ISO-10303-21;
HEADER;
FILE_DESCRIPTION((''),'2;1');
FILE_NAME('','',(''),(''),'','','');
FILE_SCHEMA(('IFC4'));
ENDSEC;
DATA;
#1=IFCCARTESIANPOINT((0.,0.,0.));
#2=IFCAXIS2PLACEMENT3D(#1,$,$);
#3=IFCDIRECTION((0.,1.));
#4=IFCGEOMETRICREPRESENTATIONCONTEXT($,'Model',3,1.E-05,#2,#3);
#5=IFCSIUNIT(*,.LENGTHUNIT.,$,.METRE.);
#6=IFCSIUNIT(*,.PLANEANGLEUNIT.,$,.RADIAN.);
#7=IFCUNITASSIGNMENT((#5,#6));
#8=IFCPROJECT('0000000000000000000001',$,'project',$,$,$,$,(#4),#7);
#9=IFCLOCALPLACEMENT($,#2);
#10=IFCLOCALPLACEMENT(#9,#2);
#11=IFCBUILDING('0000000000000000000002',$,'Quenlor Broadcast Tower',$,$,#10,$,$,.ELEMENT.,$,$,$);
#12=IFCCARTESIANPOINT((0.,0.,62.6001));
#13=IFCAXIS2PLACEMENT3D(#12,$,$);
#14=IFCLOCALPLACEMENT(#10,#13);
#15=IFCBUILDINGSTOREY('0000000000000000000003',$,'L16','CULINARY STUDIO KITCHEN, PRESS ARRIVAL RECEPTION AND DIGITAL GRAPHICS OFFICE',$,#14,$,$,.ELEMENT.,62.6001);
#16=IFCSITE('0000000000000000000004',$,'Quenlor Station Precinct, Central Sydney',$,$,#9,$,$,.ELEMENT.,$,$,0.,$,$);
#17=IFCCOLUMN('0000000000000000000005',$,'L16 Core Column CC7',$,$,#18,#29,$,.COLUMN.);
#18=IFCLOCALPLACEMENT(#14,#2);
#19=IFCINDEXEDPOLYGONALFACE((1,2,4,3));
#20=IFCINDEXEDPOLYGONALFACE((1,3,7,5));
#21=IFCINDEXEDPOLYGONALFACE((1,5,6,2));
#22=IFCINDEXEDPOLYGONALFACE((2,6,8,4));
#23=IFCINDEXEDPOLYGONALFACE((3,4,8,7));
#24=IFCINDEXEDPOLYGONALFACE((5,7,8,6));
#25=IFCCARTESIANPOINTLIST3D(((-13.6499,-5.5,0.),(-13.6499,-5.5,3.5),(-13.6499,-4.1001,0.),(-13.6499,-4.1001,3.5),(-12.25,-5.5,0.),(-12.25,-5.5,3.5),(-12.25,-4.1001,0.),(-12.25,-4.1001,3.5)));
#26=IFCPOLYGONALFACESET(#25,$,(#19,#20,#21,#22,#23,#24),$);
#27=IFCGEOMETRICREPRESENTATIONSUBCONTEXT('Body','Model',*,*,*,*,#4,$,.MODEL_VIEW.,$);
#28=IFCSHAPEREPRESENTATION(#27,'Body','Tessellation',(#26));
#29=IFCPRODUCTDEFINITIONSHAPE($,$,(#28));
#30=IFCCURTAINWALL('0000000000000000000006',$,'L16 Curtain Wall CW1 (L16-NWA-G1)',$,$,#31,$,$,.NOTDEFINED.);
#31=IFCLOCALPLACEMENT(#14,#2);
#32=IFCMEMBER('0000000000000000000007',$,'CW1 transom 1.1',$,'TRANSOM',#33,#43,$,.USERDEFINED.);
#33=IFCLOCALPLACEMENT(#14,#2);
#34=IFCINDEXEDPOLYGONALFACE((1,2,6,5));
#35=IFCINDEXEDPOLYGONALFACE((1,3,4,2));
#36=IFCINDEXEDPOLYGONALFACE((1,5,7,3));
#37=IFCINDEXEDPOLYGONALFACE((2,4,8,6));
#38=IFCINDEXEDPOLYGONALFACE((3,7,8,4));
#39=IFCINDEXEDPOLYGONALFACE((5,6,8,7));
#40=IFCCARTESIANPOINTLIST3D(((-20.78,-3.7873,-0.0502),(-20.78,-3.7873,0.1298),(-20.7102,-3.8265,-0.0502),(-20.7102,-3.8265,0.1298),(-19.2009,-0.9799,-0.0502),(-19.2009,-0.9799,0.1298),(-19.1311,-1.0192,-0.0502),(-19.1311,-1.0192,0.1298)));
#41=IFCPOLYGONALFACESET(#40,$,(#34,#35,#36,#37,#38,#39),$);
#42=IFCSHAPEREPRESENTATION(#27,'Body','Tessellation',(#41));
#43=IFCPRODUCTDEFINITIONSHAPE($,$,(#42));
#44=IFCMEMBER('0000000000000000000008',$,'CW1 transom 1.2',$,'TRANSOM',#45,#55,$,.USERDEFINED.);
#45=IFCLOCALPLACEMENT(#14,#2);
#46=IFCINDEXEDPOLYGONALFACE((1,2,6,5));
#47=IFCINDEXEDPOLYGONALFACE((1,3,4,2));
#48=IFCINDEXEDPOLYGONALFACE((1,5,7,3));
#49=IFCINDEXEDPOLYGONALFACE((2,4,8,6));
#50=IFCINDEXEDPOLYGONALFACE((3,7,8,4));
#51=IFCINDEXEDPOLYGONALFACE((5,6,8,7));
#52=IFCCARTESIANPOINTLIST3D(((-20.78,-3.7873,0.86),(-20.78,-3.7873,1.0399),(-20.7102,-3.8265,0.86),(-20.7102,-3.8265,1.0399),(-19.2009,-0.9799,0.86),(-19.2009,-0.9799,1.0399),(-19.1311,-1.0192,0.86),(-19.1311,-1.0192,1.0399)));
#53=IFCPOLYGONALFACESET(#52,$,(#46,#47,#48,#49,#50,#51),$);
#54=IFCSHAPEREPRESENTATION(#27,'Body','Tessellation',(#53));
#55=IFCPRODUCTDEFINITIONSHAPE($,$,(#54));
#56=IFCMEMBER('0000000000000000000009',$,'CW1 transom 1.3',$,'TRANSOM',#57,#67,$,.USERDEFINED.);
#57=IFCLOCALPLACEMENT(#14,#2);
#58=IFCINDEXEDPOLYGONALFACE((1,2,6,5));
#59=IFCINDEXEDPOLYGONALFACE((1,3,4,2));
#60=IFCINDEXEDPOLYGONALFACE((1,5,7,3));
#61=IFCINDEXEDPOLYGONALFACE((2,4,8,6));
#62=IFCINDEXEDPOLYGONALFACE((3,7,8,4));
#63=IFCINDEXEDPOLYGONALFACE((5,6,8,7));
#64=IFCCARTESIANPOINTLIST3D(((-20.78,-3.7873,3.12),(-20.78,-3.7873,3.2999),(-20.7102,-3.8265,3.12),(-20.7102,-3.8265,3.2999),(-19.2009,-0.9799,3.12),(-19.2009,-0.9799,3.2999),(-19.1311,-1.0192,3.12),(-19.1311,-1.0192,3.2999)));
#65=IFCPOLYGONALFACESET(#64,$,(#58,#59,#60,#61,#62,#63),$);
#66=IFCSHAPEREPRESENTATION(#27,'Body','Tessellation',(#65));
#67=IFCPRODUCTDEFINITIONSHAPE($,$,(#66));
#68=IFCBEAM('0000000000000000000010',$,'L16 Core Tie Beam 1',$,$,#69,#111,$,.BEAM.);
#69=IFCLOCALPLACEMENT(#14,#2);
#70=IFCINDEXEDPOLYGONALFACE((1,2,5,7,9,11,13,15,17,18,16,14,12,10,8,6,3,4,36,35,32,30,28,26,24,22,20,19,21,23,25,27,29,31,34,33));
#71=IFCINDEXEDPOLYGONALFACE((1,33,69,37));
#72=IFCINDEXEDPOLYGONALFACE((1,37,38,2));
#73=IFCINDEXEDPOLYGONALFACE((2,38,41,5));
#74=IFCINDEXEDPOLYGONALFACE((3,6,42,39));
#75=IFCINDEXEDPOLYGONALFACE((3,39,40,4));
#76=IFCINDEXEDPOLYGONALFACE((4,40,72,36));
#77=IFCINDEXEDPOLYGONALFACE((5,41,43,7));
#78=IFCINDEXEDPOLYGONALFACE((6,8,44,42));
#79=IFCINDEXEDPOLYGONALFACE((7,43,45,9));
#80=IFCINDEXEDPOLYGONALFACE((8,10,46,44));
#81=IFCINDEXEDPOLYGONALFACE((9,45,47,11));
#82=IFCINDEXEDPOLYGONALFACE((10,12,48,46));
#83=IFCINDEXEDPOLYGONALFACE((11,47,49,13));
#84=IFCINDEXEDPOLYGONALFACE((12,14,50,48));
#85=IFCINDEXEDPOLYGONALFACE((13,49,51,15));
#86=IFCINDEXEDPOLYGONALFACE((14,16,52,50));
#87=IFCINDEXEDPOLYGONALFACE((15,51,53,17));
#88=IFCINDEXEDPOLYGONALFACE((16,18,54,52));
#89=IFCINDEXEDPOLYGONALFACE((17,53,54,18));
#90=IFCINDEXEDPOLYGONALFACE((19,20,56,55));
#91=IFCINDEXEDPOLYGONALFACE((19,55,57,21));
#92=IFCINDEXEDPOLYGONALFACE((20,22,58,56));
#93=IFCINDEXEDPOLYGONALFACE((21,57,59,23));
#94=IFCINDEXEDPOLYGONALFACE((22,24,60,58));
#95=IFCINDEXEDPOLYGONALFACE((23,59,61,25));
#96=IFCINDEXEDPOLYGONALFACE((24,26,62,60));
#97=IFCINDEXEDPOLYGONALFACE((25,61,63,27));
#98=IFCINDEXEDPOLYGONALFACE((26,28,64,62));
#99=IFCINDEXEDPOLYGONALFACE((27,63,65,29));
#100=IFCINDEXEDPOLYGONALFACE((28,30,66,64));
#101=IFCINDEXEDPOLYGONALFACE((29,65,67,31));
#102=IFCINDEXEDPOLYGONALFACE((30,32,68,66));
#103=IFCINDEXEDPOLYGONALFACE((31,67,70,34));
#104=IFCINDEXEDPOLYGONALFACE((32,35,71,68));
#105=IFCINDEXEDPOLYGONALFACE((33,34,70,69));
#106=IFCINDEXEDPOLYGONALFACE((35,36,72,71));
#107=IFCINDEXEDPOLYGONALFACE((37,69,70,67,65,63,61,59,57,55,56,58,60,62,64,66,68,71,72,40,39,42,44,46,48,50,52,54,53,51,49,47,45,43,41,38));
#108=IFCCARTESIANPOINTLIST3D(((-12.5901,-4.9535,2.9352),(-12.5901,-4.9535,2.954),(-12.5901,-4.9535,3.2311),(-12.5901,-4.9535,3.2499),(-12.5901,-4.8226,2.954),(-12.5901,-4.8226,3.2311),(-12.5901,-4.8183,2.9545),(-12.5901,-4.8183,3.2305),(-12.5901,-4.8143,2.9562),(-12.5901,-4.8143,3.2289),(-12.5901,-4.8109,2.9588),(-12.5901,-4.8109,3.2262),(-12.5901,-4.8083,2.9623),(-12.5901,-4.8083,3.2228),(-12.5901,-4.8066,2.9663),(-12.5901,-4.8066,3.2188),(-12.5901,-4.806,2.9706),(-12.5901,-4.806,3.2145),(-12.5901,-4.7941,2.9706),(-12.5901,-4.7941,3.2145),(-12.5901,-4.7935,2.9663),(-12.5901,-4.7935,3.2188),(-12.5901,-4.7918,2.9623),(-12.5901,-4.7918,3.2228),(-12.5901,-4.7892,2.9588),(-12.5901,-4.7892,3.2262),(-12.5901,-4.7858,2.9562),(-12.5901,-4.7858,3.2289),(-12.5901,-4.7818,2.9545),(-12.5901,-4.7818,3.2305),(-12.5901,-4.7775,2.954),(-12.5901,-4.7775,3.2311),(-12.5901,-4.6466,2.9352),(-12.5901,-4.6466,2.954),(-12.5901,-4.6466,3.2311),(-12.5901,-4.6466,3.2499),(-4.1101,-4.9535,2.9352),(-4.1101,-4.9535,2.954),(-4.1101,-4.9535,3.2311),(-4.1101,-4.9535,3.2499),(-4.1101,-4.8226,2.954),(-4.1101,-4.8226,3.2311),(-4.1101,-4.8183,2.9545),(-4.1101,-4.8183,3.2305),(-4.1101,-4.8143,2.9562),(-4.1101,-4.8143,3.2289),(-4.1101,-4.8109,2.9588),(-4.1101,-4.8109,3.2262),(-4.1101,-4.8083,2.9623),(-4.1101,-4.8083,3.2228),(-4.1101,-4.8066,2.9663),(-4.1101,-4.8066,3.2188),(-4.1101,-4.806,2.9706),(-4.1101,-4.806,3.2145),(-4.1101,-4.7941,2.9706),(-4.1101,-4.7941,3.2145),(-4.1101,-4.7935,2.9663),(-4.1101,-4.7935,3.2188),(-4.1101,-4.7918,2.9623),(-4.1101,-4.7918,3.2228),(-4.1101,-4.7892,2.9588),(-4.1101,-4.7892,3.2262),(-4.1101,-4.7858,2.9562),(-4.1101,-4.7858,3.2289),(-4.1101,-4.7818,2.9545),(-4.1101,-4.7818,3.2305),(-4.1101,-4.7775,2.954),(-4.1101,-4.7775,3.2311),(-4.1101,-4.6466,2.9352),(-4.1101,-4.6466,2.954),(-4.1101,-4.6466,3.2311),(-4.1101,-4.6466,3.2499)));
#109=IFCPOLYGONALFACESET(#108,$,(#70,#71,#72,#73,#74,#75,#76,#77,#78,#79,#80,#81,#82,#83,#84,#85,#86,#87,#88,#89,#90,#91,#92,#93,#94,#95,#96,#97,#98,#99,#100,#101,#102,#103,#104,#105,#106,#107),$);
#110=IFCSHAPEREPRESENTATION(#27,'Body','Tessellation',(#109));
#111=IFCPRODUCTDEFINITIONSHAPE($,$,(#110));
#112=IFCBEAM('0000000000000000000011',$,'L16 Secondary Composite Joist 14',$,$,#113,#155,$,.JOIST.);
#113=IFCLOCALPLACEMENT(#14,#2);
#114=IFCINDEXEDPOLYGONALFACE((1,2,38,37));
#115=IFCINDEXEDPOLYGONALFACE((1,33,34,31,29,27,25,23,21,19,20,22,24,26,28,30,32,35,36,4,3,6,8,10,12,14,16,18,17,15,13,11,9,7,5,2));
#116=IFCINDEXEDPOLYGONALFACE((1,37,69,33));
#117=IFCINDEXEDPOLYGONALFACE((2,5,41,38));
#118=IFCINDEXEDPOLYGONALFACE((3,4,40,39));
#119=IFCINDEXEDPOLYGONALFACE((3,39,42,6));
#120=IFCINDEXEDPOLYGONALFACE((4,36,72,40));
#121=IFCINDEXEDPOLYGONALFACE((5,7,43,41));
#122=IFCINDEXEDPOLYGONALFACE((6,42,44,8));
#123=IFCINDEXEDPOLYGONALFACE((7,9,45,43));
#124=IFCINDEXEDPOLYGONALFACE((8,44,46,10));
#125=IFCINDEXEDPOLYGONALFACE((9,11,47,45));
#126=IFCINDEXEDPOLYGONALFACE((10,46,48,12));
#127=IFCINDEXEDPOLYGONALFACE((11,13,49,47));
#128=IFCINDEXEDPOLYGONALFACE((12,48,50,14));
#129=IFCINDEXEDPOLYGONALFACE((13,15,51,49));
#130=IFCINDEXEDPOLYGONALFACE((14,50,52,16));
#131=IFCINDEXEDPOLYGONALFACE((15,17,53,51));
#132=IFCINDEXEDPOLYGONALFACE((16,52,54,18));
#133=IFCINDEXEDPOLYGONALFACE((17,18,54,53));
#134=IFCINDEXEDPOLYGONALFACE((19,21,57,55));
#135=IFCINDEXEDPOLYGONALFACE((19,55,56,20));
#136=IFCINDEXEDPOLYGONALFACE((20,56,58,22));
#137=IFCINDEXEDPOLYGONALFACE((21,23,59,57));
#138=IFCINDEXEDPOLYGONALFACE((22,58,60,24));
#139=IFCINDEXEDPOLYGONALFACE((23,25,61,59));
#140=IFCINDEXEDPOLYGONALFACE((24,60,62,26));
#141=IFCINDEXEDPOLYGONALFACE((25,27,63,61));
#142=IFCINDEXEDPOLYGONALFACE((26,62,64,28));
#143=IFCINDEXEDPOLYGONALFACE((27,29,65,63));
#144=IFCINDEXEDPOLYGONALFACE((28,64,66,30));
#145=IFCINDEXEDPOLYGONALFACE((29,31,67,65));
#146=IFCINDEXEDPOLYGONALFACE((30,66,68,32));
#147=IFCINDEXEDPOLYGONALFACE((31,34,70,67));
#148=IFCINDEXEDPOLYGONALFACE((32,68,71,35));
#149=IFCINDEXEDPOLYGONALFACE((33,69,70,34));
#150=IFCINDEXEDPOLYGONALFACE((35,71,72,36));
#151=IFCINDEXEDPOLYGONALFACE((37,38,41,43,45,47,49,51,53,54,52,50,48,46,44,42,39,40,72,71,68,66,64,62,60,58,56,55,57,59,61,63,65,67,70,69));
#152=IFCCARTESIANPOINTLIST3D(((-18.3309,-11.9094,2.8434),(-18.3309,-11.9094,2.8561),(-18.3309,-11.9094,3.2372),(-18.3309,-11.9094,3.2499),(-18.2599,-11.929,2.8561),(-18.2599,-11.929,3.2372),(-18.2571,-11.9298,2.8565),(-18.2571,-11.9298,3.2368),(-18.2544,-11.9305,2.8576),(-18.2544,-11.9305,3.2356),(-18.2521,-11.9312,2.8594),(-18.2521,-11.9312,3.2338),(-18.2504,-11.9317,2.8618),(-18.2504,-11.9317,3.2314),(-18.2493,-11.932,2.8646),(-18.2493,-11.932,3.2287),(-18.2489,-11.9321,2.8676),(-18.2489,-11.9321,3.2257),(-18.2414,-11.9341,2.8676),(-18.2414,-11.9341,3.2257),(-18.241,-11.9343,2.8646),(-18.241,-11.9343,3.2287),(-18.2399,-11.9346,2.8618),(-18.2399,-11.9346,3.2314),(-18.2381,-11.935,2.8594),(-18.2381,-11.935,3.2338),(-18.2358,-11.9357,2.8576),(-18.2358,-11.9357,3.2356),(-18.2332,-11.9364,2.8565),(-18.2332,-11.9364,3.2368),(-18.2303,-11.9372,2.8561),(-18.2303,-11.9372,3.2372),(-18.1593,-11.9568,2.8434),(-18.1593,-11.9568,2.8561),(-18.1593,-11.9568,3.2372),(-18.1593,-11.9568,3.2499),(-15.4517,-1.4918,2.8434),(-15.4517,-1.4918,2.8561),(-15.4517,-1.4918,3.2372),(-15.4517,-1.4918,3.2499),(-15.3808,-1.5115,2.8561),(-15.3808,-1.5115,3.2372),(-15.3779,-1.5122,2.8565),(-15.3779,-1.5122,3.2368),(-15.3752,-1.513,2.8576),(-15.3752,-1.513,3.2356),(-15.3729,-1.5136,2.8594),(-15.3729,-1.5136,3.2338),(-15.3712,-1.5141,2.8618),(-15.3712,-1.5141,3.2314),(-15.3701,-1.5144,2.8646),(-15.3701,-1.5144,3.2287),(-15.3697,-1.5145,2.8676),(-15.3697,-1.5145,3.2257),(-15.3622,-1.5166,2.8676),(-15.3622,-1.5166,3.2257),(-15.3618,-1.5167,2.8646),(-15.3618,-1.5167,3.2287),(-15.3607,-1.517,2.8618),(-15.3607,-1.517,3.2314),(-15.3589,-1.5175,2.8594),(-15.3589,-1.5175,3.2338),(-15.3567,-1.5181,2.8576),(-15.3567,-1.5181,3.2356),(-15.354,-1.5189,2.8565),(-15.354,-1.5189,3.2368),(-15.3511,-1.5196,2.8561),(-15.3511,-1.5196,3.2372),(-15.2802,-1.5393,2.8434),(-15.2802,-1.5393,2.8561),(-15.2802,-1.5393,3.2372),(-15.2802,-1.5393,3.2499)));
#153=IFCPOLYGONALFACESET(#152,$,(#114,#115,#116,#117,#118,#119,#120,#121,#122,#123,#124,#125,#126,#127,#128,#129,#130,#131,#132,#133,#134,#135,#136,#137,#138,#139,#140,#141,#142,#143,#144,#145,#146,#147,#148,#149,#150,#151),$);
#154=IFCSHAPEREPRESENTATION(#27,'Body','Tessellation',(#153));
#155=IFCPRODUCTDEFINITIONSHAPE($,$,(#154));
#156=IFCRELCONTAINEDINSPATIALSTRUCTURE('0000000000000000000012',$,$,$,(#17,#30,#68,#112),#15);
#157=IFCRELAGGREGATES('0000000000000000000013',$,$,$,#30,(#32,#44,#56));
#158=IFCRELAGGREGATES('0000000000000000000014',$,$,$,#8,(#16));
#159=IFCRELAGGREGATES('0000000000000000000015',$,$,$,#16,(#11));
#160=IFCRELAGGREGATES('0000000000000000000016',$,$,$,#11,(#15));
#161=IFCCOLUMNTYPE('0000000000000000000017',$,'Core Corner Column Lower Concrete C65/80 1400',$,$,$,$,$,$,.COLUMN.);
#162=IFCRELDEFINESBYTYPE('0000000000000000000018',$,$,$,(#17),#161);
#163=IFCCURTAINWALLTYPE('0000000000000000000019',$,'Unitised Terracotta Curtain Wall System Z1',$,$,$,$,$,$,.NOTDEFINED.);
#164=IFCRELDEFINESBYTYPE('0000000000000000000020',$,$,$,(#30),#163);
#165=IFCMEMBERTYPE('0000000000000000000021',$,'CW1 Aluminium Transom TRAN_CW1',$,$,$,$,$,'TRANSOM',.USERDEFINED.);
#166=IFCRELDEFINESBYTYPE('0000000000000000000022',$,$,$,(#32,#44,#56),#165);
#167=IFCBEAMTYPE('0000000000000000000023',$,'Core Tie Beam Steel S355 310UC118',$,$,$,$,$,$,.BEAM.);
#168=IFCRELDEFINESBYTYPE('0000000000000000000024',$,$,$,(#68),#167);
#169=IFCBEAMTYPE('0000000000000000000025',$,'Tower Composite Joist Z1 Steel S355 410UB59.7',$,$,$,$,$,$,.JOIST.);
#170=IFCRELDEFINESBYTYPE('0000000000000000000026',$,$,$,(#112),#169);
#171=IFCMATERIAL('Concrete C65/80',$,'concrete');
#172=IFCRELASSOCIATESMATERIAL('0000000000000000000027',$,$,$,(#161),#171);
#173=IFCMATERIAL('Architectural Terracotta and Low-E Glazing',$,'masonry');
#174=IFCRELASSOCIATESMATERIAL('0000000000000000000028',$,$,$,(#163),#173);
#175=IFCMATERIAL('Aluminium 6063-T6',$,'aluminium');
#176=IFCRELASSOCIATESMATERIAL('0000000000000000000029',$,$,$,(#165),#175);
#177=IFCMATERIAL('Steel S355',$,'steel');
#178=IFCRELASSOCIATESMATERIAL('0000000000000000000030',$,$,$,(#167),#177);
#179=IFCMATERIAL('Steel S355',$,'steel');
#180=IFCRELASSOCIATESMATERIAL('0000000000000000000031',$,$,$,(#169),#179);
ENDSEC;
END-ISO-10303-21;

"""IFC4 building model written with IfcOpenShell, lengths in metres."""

from ifc_helpers import new_model, si_unit, direction, frame, origin, origin_2d, place, context, subcontext, project, spatial, rectangle, i_section, extrude, material, material_profile, profile_set, type_object, element, aggregate, save


model = new_model("IFC4")

# Units and contexts
model_context = context("Model", 3, precision=1e-05, world=origin(), true_north=direction((0.0, 1.0)))
body_context = subcontext(model_context, "Body", "Model", "MODEL_VIEW")
ifc_project = project(units=[si_unit("LENGTHUNIT", "METRE"), si_unit("PLANEANGLEUNIT", "RADIAN")], contexts=[model_context])

# Site, building, storey
site_placement = place(None, origin())
site = spatial("IfcSite", under=ifc_project, at=site_placement, Name="Quenlor Station Precinct, Central Sydney", CompositionType="ELEMENT", RefElevation=0.0)
building_placement = place(site_placement, origin())
building = spatial("IfcBuilding", under=site, at=building_placement, Name="Quenlor Broadcast Tower", CompositionType="ELEMENT")
storey_placement = place(building_placement, frame((0.0, 0.0, 62.6001)))
storey = spatial("IfcBuildingStorey", under=building, at=storey_placement, Name="L16", Description="CULINARY STUDIO KITCHEN, PRESS ARRIVAL RECEPTION AND DIGITAL GRAPHICS OFFICE", CompositionType="ELEMENT", Elevation=62.6001)

# Column
ifc_material_1 = material(Name="Concrete C65/80", Category="concrete")
ifc_material_profile_1 = material_profile(ifc_material_1, rectangle(XDim=1.3999, YDim=1.3999, at=origin_2d()))
ifc_profile_set_1 = profile_set([ifc_material_profile_1], Name="Concrete C65/80 RC1400x1400")
column_type = type_object("IfcColumnType", Name="Core Corner Column Lower Concrete C65/80 1400", PredefinedType="COLUMN", material=ifc_profile_set_1)
column_placement = place(storey_placement, frame((-12.95, -4.8, 0.0), z_axis=(0.0, 0.0, 1.0), x_axis=(1.0, 0.0, 0.0)))
element("IfcColumn", 1, at=column_placement, inside=storey, type_object=column_type, Name="L16 Core Column CC7", PredefinedType="COLUMN", context=body_context, shape_type="SweptSolid", body=[
    extrude(rectangle(XDim=1.3999, YDim=1.3999, at=origin_2d()), origin(), (0.0, 0.0, 1.0), 3.5),
])

# Curtain wall, members
ifc_material_2 = material(Name="Architectural Terracotta and Low-E Glazing", Category="masonry")
curtain_wall_type = type_object("IfcCurtainWallType", Name="Unitised Terracotta Curtain Wall System Z1", PredefinedType="NOTDEFINED", material=ifc_material_2)
curtain_wall_placement = place(storey_placement, origin())
curtain_wall = element("IfcCurtainWall", 2, at=curtain_wall_placement, inside=storey, type_object=curtain_wall_type, Name="L16 Curtain Wall CW1 (L16-NWA-G1)", PredefinedType="NOTDEFINED")
ifc_material_3 = material(Name="Aluminium 6063-T6", Category="aluminium")
ifc_material_profile_2 = material_profile(ifc_material_3, rectangle(XDim=0.0801, YDim=0.1799, at=origin_2d()))
ifc_profile_set_2 = profile_set([ifc_material_profile_2], Name="Aluminium 6063-T6 TRAN80x180")
member_type = type_object("IfcMemberType", Name="CW1 Aluminium Transom TRAN_CW1", ElementType="TRANSOM", PredefinedType="USERDEFINED", material=ifc_profile_set_2)
member_1_placement = place(storey_placement, frame((-20.7451, -3.8069, 0.0398), z_axis=(0.49025, 0.871582, 0.0), x_axis=(-0.871582, 0.49025, 0.0)))
member_1 = element("IfcMember", 3, at=member_1_placement, type_object=member_type, Name="CW1 transom 1.1", ObjectType="TRANSOM", PredefinedType="USERDEFINED", context=body_context, shape_type="SweptSolid", body=[
    extrude(rectangle(XDim=0.0801, YDim=0.1799, at=origin_2d()), origin(), (0.0, 0.0, 1.0), 3.2209),
])
member_2_placement = place(storey_placement, frame((-20.7451, -3.8069, 0.95), z_axis=(0.49025, 0.871582, 0.0), x_axis=(-0.871582, 0.49025, 0.0)))
member_2 = element("IfcMember", 4, at=member_2_placement, type_object=member_type, Name="CW1 transom 1.2", ObjectType="TRANSOM", PredefinedType="USERDEFINED", context=body_context, shape_type="SweptSolid", body=[
    extrude(rectangle(XDim=0.0801, YDim=0.1799, at=origin_2d()), origin(), (0.0, 0.0, 1.0), 3.2209),
])
member_3_placement = place(storey_placement, frame((-20.7451, -3.8069, 3.21), z_axis=(0.49025, 0.871582, 0.0), x_axis=(-0.871582, 0.49025, 0.0)))
member_3 = element("IfcMember", 5, at=member_3_placement, type_object=member_type, Name="CW1 transom 1.3", ObjectType="TRANSOM", PredefinedType="USERDEFINED", context=body_context, shape_type="SweptSolid", body=[
    extrude(rectangle(XDim=0.0801, YDim=0.1799, at=origin_2d()), origin(), (0.0, 0.0, 1.0), 3.2209),
])
aggregate(curtain_wall, [member_1, member_2, member_3])

# Beams
ifc_material_4 = material(Name="Steel S355", Category="steel")
ifc_material_profile_3 = material_profile(ifc_material_4, i_section(OverallWidth=0.3069, OverallDepth=0.3147, WebThickness=0.012, FlangeThickness=0.0188, FilletRadius=0.0166, at=origin_2d()))
ifc_profile_set_3 = profile_set([ifc_material_profile_3], Name="Steel S355 310UC118")
beam_type_1 = type_object("IfcBeamType", Name="Core Tie Beam Steel S355 310UC118", PredefinedType="BEAM", material=ifc_profile_set_3)
beam_1_placement = place(storey_placement, frame((-12.5901, -4.8, 3.0925), z_axis=(1.0, 0.0, 0.0), x_axis=(0.0, 1.0, 0.0)))
element("IfcBeam", 6, at=beam_1_placement, inside=storey, type_object=beam_type_1, Name="L16 Core Tie Beam 1", PredefinedType="BEAM", context=body_context, shape_type="SweptSolid", body=[
    extrude(i_section(OverallWidth=0.3069, OverallDepth=0.3147, WebThickness=0.012, FlangeThickness=0.0188, FilletRadius=0.0166, at=origin_2d()), origin(), (0.0, 0.0, 1.0), 8.48),
])
ifc_material_5 = material(Name="Steel S355", Category="steel")
ifc_material_profile_4 = material_profile(ifc_material_5, i_section(OverallWidth=0.178, OverallDepth=0.4065, WebThickness=0.0078, FlangeThickness=0.0127, FilletRadius=0.0115, at=origin_2d()))
ifc_profile_set_4 = profile_set([ifc_material_profile_4], Name="Steel S355 410UB59.7")
beam_type_2 = type_object("IfcBeamType", Name="Tower Composite Joist Z1 Steel S355 410UB59.7", PredefinedType="JOIST", material=ifc_profile_set_4)
beam_2_placement = place(storey_placement, frame((-18.2451, -11.9331, 3.0466), z_axis=(0.26639, 0.963865, 0.0), x_axis=(-0.963865, 0.26639, 0.0)))
element("IfcBeam", 7, at=beam_2_placement, inside=storey, type_object=beam_type_2, Name="L16 Secondary Composite Joist 14", PredefinedType="JOIST", context=body_context, shape_type="SweptSolid", body=[
    extrude(i_section(OverallWidth=0.178, OverallDepth=0.4065, WebThickness=0.0078, FlangeThickness=0.0127, FilletRadius=0.0115, at=origin_2d()), origin(), (0.0, 0.0, 1.0), 10.8081),
])

save(model, "model.ifc")
